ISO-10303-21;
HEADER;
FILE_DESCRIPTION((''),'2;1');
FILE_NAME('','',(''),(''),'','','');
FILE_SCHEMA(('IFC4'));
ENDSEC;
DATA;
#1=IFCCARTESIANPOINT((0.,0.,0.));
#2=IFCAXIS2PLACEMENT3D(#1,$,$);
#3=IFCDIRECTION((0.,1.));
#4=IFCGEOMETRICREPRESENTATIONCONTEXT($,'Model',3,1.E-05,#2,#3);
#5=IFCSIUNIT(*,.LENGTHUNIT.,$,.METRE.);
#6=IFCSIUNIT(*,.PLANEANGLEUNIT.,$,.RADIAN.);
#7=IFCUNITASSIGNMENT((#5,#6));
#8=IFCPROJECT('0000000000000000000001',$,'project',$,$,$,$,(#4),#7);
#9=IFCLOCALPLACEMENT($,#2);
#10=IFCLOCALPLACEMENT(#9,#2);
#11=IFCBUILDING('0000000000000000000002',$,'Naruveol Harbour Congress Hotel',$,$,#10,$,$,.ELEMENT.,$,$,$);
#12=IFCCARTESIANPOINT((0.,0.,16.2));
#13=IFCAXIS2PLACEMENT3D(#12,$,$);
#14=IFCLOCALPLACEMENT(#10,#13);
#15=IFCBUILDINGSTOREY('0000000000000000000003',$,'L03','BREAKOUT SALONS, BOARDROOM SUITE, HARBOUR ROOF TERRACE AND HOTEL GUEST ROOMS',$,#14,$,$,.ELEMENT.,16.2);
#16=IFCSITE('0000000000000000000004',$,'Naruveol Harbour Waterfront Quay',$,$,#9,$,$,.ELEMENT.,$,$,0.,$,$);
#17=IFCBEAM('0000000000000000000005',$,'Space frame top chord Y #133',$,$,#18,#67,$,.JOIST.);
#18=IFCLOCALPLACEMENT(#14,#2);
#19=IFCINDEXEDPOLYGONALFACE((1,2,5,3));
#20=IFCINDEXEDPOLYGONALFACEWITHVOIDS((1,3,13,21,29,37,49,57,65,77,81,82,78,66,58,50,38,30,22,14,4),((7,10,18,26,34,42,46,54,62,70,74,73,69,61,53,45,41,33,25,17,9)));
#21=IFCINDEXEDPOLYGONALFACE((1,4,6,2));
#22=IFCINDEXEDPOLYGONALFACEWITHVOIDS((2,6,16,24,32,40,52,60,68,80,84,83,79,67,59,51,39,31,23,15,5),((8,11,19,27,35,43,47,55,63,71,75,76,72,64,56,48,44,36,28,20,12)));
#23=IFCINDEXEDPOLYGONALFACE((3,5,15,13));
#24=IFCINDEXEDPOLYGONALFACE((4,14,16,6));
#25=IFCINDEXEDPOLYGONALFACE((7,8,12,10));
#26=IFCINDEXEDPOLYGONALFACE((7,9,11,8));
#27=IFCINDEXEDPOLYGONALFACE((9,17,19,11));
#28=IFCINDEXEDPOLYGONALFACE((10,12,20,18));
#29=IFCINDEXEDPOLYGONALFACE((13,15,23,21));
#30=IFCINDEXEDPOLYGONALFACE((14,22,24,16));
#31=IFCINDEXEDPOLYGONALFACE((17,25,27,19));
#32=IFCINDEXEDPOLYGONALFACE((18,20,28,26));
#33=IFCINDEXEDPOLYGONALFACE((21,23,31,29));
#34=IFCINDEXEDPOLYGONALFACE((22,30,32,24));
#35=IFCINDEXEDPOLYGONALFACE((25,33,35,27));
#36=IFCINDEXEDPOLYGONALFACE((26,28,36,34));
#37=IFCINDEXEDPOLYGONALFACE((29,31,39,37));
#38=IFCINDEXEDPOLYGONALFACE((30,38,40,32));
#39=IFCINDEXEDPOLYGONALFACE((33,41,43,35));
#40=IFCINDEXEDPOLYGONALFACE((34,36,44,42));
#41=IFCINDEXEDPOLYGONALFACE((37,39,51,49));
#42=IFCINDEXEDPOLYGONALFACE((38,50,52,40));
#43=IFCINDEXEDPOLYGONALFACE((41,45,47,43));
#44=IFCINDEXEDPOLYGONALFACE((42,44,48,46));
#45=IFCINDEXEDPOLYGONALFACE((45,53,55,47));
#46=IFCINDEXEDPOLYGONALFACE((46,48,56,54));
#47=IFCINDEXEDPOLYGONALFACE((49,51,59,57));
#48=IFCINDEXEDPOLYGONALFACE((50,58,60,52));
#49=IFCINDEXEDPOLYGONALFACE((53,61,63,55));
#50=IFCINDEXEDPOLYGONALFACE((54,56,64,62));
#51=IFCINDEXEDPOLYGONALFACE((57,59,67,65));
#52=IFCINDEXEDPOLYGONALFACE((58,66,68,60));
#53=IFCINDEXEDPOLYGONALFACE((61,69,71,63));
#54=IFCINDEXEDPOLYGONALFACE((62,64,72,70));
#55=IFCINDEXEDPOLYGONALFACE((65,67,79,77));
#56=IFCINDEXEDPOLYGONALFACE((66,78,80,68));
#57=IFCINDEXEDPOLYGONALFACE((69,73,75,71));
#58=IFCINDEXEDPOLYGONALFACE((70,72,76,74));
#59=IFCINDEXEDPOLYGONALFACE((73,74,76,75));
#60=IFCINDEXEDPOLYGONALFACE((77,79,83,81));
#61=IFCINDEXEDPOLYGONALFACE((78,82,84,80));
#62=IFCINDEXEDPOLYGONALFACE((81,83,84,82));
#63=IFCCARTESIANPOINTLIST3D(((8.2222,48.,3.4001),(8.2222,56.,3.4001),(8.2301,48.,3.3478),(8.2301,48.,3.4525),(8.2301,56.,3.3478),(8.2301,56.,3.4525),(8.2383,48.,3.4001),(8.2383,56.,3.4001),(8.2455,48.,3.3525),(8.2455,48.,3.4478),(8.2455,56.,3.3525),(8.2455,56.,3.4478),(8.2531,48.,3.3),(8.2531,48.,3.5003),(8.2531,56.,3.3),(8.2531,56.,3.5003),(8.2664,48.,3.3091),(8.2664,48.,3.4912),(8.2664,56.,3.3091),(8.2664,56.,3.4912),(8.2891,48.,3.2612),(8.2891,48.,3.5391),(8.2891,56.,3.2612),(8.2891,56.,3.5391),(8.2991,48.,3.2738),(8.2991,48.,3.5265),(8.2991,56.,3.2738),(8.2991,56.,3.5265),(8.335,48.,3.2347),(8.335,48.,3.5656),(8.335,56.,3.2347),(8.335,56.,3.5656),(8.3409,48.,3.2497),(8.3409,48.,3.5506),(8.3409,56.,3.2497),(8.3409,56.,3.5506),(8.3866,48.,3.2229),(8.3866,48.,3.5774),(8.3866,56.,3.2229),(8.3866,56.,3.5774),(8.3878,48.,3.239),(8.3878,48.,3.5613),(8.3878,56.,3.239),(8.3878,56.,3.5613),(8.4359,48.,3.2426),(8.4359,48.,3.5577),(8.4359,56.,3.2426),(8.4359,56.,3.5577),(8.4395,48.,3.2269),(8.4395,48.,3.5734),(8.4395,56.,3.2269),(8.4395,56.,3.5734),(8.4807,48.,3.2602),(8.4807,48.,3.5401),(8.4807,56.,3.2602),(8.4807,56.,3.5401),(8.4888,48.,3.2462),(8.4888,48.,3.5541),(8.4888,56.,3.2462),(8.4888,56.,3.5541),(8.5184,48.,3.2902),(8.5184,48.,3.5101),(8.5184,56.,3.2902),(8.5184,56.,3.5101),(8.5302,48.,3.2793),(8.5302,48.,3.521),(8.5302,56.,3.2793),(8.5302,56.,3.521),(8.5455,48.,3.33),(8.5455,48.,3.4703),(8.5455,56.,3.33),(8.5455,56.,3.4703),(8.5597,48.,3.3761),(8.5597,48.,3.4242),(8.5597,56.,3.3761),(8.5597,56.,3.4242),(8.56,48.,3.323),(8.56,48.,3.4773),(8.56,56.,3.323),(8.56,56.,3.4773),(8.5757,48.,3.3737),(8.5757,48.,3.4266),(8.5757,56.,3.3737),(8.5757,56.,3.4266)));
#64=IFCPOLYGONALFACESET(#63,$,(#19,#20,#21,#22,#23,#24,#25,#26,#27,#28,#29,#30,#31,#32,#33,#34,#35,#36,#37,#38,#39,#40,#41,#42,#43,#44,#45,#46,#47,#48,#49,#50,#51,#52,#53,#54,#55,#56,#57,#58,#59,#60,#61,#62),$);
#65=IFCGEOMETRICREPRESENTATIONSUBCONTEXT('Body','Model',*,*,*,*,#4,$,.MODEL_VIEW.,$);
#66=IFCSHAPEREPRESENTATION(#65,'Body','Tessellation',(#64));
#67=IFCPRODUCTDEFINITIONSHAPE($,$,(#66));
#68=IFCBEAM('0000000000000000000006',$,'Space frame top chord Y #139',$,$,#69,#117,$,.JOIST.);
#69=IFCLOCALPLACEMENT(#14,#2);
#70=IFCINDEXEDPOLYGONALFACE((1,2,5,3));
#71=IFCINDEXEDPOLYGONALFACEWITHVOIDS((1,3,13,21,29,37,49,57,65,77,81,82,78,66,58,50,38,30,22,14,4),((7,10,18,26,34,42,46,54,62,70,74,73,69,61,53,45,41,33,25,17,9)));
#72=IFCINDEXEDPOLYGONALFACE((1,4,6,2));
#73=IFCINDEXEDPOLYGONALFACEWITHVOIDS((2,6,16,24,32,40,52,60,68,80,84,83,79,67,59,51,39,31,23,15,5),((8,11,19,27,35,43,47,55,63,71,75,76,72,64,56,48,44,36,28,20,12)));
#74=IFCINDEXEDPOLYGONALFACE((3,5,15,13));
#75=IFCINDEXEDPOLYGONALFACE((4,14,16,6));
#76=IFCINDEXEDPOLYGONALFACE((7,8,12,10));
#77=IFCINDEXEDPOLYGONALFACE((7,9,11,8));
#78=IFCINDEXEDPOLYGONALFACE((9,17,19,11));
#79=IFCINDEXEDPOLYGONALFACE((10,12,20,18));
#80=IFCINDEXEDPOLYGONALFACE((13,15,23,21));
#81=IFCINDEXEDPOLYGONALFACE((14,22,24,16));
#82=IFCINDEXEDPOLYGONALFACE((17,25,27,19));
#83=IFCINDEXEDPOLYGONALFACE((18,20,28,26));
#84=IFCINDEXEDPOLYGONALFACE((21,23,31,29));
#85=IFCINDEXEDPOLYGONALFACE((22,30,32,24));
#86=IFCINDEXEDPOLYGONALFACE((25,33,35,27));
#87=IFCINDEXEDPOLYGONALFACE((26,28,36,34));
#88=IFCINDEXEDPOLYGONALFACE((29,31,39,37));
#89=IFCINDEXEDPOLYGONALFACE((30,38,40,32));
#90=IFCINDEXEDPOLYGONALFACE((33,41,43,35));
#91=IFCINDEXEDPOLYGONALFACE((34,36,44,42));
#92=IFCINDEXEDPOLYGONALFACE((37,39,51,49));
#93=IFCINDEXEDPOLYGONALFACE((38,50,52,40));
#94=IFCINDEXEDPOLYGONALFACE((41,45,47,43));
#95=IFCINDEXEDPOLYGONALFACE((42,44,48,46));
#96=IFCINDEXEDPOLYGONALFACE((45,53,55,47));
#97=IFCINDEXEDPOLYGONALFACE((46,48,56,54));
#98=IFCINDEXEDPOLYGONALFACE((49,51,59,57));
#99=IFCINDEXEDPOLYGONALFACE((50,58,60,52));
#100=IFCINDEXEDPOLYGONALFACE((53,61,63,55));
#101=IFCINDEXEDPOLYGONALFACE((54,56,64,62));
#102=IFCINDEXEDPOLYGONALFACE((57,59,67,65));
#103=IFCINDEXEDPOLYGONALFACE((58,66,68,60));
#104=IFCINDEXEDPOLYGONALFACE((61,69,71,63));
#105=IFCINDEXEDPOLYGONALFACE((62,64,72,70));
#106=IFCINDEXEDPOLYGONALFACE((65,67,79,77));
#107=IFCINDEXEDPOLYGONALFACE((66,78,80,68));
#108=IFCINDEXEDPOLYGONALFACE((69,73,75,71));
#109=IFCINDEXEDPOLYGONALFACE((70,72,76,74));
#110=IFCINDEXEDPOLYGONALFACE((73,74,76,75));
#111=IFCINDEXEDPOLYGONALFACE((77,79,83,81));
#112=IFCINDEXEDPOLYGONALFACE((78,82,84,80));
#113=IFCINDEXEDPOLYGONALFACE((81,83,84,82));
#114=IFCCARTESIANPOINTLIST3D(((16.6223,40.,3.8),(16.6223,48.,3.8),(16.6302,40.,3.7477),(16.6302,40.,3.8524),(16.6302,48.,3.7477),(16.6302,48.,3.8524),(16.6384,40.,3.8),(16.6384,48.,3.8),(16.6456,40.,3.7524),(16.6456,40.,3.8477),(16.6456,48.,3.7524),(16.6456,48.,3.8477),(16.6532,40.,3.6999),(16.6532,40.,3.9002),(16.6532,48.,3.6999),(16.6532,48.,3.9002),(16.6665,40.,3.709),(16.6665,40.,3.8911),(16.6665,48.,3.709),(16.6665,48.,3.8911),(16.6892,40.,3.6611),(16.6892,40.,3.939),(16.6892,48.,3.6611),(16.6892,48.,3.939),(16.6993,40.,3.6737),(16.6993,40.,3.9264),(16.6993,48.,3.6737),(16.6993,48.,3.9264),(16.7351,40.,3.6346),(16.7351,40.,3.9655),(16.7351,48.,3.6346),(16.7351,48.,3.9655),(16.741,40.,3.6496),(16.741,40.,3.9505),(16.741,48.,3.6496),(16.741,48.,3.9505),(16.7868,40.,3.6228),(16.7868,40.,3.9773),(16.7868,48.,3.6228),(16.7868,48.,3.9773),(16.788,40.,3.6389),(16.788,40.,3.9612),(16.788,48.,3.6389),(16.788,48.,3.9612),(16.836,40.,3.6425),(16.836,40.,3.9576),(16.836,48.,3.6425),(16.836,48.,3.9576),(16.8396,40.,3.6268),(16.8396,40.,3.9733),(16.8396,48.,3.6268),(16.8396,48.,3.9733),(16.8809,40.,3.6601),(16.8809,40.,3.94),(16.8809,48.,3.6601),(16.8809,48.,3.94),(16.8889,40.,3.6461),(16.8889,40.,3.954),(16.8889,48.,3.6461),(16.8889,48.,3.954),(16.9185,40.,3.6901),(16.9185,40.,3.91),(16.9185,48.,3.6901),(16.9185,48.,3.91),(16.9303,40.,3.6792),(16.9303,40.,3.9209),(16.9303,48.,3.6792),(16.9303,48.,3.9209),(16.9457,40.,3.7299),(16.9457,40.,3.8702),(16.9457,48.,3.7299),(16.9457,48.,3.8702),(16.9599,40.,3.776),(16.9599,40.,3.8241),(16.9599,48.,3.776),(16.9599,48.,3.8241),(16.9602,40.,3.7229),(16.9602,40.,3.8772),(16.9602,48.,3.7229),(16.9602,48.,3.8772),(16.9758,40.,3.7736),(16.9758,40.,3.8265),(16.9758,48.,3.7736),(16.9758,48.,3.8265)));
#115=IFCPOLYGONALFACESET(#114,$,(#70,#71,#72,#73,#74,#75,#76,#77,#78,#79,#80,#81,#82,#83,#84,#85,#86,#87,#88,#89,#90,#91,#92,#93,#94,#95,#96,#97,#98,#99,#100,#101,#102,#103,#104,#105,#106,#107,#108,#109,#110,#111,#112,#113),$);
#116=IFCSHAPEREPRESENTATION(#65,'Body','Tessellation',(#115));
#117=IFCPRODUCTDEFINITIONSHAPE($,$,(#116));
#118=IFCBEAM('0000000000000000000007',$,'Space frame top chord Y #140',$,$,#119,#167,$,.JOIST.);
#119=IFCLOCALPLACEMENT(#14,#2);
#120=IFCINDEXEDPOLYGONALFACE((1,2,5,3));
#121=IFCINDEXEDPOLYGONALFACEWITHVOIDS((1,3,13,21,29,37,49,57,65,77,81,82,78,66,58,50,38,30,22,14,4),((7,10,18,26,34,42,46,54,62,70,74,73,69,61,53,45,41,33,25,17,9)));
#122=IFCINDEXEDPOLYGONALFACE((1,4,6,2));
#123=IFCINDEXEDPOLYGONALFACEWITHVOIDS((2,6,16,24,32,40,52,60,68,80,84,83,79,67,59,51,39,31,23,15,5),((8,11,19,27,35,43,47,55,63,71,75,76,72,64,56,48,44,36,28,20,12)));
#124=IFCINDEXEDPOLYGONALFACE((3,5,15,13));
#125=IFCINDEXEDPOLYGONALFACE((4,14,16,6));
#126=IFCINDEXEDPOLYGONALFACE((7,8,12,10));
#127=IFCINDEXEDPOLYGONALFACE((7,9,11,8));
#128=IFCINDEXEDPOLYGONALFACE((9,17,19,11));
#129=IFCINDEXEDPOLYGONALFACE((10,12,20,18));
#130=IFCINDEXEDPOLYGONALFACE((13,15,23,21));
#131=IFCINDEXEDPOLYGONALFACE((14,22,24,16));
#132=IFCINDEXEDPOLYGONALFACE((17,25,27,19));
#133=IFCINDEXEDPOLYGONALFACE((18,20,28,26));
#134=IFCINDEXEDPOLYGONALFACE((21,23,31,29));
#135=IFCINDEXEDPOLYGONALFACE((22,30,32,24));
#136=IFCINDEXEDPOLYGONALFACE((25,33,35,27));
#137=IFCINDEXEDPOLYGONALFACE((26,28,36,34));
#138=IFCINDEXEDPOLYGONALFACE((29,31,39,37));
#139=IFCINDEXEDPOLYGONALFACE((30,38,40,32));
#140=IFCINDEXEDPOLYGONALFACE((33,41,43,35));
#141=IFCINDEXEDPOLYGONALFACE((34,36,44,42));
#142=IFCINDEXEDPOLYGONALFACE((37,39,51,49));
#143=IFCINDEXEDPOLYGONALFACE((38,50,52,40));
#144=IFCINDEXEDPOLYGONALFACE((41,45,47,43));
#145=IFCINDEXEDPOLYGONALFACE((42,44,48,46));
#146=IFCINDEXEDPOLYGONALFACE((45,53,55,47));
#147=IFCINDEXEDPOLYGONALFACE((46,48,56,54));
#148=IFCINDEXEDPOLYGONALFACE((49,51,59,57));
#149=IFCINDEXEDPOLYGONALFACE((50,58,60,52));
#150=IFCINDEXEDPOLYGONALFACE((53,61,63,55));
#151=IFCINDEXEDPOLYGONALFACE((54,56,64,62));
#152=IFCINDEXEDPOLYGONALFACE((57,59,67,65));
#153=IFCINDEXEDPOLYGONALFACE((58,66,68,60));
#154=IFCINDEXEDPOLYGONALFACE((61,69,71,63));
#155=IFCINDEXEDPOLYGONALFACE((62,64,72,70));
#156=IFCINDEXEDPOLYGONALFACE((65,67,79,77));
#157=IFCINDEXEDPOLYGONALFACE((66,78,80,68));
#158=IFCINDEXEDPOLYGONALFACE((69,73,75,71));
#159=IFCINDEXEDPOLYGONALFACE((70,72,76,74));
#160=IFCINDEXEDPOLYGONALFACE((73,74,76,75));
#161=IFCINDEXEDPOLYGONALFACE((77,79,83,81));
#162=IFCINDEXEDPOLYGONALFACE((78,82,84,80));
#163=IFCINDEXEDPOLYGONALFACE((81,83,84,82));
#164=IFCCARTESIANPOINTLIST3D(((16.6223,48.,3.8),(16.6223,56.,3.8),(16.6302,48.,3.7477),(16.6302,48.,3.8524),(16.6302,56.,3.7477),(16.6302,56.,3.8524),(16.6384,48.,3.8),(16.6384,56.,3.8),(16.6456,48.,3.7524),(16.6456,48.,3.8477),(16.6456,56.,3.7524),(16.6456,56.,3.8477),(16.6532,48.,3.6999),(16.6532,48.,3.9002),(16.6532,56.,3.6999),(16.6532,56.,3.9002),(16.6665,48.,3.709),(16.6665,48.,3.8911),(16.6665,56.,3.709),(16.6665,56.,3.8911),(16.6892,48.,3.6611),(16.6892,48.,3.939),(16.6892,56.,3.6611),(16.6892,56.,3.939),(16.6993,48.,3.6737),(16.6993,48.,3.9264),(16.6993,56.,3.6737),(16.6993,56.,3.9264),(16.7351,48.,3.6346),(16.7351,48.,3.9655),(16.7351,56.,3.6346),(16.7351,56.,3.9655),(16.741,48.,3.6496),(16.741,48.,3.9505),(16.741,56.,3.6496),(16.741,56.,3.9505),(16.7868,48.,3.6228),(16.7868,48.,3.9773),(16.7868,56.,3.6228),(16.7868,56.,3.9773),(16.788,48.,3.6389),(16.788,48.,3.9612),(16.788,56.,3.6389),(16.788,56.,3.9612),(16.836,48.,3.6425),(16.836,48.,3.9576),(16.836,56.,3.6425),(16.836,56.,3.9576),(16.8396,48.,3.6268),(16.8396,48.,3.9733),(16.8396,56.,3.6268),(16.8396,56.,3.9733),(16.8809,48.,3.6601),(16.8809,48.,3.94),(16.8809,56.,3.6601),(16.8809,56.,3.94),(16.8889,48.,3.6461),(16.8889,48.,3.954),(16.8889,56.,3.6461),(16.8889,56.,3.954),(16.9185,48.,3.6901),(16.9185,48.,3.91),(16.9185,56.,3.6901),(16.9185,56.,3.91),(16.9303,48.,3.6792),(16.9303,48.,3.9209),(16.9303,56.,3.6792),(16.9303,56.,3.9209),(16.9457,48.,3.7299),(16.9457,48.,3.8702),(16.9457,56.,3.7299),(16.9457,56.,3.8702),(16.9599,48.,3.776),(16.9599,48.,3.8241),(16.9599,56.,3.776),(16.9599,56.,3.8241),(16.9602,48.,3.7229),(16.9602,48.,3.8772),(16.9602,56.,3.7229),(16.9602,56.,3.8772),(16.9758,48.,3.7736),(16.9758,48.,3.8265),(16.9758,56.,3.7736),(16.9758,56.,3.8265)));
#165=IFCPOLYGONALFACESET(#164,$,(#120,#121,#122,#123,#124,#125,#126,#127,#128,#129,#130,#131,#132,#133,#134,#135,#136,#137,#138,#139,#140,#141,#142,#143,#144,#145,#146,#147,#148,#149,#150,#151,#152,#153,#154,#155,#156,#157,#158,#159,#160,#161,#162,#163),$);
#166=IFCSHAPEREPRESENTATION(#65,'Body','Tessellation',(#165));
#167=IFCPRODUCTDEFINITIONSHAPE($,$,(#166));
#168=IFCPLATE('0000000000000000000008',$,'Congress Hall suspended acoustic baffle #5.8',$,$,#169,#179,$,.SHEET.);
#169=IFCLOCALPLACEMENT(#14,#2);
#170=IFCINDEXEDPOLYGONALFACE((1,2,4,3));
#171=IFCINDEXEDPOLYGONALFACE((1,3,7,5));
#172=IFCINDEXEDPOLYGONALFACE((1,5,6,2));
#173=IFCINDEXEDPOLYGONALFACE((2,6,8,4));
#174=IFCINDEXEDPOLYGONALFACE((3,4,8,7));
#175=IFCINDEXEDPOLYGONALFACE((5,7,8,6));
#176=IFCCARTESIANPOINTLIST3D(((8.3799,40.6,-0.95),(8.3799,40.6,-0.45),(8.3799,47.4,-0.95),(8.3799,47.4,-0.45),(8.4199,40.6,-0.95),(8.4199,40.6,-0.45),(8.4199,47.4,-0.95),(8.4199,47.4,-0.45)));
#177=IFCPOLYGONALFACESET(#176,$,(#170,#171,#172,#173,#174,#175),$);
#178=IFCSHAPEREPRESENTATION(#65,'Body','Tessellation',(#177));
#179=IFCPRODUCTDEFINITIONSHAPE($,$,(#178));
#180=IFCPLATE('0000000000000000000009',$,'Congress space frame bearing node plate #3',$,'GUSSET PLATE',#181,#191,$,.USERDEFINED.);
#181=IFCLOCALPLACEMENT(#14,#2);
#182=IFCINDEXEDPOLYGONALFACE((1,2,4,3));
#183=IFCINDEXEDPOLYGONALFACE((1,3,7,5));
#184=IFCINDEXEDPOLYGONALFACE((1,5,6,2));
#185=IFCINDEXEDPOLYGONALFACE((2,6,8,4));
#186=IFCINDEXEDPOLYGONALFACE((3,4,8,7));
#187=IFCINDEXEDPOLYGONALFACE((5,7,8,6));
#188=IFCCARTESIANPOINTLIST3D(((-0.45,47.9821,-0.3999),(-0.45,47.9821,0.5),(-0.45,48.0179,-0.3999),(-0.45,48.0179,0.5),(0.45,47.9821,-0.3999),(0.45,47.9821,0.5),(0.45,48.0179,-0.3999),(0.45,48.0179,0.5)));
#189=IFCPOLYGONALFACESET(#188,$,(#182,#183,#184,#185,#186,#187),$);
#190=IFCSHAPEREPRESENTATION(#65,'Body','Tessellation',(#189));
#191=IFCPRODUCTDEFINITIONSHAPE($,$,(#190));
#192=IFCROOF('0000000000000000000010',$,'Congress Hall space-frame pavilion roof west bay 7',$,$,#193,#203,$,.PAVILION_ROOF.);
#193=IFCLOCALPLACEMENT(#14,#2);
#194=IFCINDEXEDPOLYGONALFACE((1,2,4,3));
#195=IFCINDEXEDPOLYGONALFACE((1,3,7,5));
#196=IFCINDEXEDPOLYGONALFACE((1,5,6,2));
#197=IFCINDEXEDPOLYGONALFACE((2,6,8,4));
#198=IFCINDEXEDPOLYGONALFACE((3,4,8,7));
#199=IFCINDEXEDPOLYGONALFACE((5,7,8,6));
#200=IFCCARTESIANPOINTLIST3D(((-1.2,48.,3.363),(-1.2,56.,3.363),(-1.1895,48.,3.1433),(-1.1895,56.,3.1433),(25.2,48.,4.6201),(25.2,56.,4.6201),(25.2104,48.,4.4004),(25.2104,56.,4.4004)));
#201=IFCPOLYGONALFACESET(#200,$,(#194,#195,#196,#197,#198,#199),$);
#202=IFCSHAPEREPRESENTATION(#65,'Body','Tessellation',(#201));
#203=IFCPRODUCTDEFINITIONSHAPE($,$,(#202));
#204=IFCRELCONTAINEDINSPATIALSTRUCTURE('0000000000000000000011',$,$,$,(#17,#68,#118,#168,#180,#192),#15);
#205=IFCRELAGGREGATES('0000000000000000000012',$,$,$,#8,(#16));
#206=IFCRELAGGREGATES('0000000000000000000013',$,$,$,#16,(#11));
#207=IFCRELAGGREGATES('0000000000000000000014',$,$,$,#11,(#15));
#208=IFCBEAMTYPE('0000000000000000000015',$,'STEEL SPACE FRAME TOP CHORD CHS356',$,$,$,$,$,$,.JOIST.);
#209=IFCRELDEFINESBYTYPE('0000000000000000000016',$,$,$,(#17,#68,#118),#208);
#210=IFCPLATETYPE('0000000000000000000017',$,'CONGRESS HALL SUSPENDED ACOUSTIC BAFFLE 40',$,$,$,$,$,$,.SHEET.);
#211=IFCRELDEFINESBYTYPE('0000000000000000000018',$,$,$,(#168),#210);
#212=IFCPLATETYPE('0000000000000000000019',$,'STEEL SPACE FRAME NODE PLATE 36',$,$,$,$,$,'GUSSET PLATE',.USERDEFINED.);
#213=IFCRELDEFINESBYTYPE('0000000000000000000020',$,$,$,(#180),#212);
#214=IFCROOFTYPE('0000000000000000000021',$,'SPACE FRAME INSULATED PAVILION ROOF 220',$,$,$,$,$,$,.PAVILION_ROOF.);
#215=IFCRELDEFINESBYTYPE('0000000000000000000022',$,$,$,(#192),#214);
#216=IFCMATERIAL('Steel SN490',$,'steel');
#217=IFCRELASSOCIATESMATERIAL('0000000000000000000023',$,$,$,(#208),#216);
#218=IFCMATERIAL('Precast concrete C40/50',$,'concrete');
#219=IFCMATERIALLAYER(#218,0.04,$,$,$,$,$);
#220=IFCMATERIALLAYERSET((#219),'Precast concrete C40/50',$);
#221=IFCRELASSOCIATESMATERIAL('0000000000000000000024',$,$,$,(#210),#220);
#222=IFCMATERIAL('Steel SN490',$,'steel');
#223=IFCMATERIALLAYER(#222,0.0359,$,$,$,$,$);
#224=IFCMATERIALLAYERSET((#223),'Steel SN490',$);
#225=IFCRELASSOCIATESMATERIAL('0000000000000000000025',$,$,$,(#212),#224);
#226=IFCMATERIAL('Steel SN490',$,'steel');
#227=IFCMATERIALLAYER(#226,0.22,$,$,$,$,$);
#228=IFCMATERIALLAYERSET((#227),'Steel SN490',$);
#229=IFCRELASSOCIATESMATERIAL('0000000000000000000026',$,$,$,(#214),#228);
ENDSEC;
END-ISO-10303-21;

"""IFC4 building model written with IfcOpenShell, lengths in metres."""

from ifc_helpers import new_model, si_unit, direction, frame, origin, origin_2d, place, context, subcontext, project, spatial, polyline, rectangle, hollow_circle, outline, extrude, material, layer, layer_set, material_profile, profile_set, type_object, element, save


model = new_model("IFC4")

# Units and contexts
model_context = context("Model", 3, precision=1e-05, world=origin(), true_north=direction((0.0, 1.0)))
body_context = subcontext(model_context, "Body", "Model", "MODEL_VIEW")
ifc_project = project(units=[si_unit("LENGTHUNIT", "METRE"), si_unit("PLANEANGLEUNIT", "RADIAN")], contexts=[model_context])

# Site, building, storey
site_placement = place(None, origin())
site = spatial("IfcSite", under=ifc_project, at=site_placement, Name="Naruveol Harbour Waterfront Quay", CompositionType="ELEMENT", RefElevation=0.0)
building_placement = place(site_placement, origin())
building = spatial("IfcBuilding", under=site, at=building_placement, Name="Naruveol Harbour Congress Hotel", CompositionType="ELEMENT")
storey_placement = place(building_placement, frame((0.0, 0.0, 16.2)))
storey = spatial("IfcBuildingStorey", under=building, at=storey_placement, Name="L03", Description="BREAKOUT SALONS, BOARDROOM SUITE, HARBOUR ROOF TERRACE AND HOTEL GUEST ROOMS", CompositionType="ELEMENT", Elevation=16.2)

# Beams
ifc_material_1 = material(Name="Steel SN490", Category="steel")
ifc_material_profile_1 = material_profile(ifc_material_1, hollow_circle(Radius=0.1777, WallThickness=0.0161, at=origin_2d()), Name="CHS-355.6x16")
ifc_profile_set_1 = profile_set([ifc_material_profile_1], Name="Steel SN490")
beam_type_1 = type_object("IfcBeamType", Name="STEEL SPACE FRAME TOP CHORD CHS356", PredefinedType="JOIST", material=ifc_profile_set_1)
for number, where, z_axis, x_axis, name in (
    (1, (8.3999, 48.0, 3.4001), (0.0, 1.0, 0.0), (-1.0, 0.0, 0.0), "Space frame top chord Y #133"),
    (2, (16.8, 40.0, 3.8), (0.0, 1.0, 0.0), (-1.0, 0.0, 0.0), "Space frame top chord Y #139"),
    (3, (16.8, 48.0, 3.8), (0.0, 1.0, 0.0), (-1.0, 0.0, 0.0), "Space frame top chord Y #140"),
):
    element("IfcBeam", number, at=place(storey_placement, frame(where, z_axis=z_axis, x_axis=x_axis)), inside=storey, type_object=beam_type_1, Name=name, PredefinedType="JOIST", context=body_context, shape_type="SweptSolid", body=[
        extrude(hollow_circle(Radius=0.1777, WallThickness=0.0161, at=origin_2d()), origin(), (0.0, 0.0, 1.0), 8.0),
    ])

# Plates
ifc_material_2 = material(Name="Precast concrete C40/50", Category="concrete")
ifc_layer_1 = layer(ifc_material_2, 0.04)
ifc_layer_set_1 = layer_set([ifc_layer_1], Name="Precast concrete C40/50")
plate_type_1 = type_object("IfcPlateType", Name="CONGRESS HALL SUSPENDED ACOUSTIC BAFFLE 40", PredefinedType="SHEET", material=ifc_layer_set_1)
plate_1_placement = place(storey_placement, frame((8.3999, 44.0, -0.95), z_axis=(0.0, 0.0, 1.0), x_axis=(1.0, 0.0, 0.0)))
element("IfcPlate", 4, at=plate_1_placement, inside=storey, type_object=plate_type_1, Name="Congress Hall suspended acoustic baffle #5.8", PredefinedType="SHEET", context=body_context, shape_type="SweptSolid", body=[
    extrude(rectangle(XDim=0.04, YDim=6.8, at=origin_2d()), origin(), (0.0, 0.0, 1.0), 0.5),
])
ifc_material_3 = material(Name="Steel SN490", Category="steel")
ifc_layer_2 = layer(ifc_material_3, 0.0359)
ifc_layer_set_2 = layer_set([ifc_layer_2], Name="Steel SN490")
plate_type_2 = type_object("IfcPlateType", Name="STEEL SPACE FRAME NODE PLATE 36", ElementType="GUSSET PLATE", PredefinedType="USERDEFINED", material=ifc_layer_set_2)
plate_2_placement = place(storey_placement, frame((0.0, 48.0, -0.3999), z_axis=(0.0, 0.0, 1.0), x_axis=(1.0, 0.0, 0.0)))
element("IfcPlate", 5, at=plate_2_placement, inside=storey, type_object=plate_type_2, Name="Congress space frame bearing node plate #3", ObjectType="GUSSET PLATE", PredefinedType="USERDEFINED", context=body_context, shape_type="SweptSolid", body=[
    extrude(rectangle(XDim=0.8999, YDim=0.0359, at=origin_2d()), origin(), (0.0, 0.0, 1.0), 0.8999),
])

# Roof
ifc_material_4 = material(Name="Steel SN490", Category="steel")
ifc_layer_3 = layer(ifc_material_4, 0.22)
ifc_layer_set_3 = layer_set([ifc_layer_3], Name="Steel SN490")
roof_type = type_object("IfcRoofType", Name="SPACE FRAME INSULATED PAVILION ROOF 220", PredefinedType="PAVILION_ROOF", material=ifc_layer_set_3)
roof_placement = place(storey_placement, frame((-1.2, 48.0, 3.363), z_axis=(-0.047563, 0.0, 0.998868), x_axis=(0.998868, 0.0, 0.047563)))
element("IfcRoof", 6, at=roof_placement, inside=storey, type_object=roof_type, Name="Congress Hall space-frame pavilion roof west bay 7", PredefinedType="PAVILION_ROOF", context=body_context, shape_type="SweptSolid", body=[
    extrude(outline(polyline([(0.0, 0.0), (26.4298, 0.0), (26.4298, 8.0), (0.0, 8.0), (0.0, 0.0)])), origin(), (0.0, 0.0, -1.0), 0.22),
])

save(model, "model.ifc")
